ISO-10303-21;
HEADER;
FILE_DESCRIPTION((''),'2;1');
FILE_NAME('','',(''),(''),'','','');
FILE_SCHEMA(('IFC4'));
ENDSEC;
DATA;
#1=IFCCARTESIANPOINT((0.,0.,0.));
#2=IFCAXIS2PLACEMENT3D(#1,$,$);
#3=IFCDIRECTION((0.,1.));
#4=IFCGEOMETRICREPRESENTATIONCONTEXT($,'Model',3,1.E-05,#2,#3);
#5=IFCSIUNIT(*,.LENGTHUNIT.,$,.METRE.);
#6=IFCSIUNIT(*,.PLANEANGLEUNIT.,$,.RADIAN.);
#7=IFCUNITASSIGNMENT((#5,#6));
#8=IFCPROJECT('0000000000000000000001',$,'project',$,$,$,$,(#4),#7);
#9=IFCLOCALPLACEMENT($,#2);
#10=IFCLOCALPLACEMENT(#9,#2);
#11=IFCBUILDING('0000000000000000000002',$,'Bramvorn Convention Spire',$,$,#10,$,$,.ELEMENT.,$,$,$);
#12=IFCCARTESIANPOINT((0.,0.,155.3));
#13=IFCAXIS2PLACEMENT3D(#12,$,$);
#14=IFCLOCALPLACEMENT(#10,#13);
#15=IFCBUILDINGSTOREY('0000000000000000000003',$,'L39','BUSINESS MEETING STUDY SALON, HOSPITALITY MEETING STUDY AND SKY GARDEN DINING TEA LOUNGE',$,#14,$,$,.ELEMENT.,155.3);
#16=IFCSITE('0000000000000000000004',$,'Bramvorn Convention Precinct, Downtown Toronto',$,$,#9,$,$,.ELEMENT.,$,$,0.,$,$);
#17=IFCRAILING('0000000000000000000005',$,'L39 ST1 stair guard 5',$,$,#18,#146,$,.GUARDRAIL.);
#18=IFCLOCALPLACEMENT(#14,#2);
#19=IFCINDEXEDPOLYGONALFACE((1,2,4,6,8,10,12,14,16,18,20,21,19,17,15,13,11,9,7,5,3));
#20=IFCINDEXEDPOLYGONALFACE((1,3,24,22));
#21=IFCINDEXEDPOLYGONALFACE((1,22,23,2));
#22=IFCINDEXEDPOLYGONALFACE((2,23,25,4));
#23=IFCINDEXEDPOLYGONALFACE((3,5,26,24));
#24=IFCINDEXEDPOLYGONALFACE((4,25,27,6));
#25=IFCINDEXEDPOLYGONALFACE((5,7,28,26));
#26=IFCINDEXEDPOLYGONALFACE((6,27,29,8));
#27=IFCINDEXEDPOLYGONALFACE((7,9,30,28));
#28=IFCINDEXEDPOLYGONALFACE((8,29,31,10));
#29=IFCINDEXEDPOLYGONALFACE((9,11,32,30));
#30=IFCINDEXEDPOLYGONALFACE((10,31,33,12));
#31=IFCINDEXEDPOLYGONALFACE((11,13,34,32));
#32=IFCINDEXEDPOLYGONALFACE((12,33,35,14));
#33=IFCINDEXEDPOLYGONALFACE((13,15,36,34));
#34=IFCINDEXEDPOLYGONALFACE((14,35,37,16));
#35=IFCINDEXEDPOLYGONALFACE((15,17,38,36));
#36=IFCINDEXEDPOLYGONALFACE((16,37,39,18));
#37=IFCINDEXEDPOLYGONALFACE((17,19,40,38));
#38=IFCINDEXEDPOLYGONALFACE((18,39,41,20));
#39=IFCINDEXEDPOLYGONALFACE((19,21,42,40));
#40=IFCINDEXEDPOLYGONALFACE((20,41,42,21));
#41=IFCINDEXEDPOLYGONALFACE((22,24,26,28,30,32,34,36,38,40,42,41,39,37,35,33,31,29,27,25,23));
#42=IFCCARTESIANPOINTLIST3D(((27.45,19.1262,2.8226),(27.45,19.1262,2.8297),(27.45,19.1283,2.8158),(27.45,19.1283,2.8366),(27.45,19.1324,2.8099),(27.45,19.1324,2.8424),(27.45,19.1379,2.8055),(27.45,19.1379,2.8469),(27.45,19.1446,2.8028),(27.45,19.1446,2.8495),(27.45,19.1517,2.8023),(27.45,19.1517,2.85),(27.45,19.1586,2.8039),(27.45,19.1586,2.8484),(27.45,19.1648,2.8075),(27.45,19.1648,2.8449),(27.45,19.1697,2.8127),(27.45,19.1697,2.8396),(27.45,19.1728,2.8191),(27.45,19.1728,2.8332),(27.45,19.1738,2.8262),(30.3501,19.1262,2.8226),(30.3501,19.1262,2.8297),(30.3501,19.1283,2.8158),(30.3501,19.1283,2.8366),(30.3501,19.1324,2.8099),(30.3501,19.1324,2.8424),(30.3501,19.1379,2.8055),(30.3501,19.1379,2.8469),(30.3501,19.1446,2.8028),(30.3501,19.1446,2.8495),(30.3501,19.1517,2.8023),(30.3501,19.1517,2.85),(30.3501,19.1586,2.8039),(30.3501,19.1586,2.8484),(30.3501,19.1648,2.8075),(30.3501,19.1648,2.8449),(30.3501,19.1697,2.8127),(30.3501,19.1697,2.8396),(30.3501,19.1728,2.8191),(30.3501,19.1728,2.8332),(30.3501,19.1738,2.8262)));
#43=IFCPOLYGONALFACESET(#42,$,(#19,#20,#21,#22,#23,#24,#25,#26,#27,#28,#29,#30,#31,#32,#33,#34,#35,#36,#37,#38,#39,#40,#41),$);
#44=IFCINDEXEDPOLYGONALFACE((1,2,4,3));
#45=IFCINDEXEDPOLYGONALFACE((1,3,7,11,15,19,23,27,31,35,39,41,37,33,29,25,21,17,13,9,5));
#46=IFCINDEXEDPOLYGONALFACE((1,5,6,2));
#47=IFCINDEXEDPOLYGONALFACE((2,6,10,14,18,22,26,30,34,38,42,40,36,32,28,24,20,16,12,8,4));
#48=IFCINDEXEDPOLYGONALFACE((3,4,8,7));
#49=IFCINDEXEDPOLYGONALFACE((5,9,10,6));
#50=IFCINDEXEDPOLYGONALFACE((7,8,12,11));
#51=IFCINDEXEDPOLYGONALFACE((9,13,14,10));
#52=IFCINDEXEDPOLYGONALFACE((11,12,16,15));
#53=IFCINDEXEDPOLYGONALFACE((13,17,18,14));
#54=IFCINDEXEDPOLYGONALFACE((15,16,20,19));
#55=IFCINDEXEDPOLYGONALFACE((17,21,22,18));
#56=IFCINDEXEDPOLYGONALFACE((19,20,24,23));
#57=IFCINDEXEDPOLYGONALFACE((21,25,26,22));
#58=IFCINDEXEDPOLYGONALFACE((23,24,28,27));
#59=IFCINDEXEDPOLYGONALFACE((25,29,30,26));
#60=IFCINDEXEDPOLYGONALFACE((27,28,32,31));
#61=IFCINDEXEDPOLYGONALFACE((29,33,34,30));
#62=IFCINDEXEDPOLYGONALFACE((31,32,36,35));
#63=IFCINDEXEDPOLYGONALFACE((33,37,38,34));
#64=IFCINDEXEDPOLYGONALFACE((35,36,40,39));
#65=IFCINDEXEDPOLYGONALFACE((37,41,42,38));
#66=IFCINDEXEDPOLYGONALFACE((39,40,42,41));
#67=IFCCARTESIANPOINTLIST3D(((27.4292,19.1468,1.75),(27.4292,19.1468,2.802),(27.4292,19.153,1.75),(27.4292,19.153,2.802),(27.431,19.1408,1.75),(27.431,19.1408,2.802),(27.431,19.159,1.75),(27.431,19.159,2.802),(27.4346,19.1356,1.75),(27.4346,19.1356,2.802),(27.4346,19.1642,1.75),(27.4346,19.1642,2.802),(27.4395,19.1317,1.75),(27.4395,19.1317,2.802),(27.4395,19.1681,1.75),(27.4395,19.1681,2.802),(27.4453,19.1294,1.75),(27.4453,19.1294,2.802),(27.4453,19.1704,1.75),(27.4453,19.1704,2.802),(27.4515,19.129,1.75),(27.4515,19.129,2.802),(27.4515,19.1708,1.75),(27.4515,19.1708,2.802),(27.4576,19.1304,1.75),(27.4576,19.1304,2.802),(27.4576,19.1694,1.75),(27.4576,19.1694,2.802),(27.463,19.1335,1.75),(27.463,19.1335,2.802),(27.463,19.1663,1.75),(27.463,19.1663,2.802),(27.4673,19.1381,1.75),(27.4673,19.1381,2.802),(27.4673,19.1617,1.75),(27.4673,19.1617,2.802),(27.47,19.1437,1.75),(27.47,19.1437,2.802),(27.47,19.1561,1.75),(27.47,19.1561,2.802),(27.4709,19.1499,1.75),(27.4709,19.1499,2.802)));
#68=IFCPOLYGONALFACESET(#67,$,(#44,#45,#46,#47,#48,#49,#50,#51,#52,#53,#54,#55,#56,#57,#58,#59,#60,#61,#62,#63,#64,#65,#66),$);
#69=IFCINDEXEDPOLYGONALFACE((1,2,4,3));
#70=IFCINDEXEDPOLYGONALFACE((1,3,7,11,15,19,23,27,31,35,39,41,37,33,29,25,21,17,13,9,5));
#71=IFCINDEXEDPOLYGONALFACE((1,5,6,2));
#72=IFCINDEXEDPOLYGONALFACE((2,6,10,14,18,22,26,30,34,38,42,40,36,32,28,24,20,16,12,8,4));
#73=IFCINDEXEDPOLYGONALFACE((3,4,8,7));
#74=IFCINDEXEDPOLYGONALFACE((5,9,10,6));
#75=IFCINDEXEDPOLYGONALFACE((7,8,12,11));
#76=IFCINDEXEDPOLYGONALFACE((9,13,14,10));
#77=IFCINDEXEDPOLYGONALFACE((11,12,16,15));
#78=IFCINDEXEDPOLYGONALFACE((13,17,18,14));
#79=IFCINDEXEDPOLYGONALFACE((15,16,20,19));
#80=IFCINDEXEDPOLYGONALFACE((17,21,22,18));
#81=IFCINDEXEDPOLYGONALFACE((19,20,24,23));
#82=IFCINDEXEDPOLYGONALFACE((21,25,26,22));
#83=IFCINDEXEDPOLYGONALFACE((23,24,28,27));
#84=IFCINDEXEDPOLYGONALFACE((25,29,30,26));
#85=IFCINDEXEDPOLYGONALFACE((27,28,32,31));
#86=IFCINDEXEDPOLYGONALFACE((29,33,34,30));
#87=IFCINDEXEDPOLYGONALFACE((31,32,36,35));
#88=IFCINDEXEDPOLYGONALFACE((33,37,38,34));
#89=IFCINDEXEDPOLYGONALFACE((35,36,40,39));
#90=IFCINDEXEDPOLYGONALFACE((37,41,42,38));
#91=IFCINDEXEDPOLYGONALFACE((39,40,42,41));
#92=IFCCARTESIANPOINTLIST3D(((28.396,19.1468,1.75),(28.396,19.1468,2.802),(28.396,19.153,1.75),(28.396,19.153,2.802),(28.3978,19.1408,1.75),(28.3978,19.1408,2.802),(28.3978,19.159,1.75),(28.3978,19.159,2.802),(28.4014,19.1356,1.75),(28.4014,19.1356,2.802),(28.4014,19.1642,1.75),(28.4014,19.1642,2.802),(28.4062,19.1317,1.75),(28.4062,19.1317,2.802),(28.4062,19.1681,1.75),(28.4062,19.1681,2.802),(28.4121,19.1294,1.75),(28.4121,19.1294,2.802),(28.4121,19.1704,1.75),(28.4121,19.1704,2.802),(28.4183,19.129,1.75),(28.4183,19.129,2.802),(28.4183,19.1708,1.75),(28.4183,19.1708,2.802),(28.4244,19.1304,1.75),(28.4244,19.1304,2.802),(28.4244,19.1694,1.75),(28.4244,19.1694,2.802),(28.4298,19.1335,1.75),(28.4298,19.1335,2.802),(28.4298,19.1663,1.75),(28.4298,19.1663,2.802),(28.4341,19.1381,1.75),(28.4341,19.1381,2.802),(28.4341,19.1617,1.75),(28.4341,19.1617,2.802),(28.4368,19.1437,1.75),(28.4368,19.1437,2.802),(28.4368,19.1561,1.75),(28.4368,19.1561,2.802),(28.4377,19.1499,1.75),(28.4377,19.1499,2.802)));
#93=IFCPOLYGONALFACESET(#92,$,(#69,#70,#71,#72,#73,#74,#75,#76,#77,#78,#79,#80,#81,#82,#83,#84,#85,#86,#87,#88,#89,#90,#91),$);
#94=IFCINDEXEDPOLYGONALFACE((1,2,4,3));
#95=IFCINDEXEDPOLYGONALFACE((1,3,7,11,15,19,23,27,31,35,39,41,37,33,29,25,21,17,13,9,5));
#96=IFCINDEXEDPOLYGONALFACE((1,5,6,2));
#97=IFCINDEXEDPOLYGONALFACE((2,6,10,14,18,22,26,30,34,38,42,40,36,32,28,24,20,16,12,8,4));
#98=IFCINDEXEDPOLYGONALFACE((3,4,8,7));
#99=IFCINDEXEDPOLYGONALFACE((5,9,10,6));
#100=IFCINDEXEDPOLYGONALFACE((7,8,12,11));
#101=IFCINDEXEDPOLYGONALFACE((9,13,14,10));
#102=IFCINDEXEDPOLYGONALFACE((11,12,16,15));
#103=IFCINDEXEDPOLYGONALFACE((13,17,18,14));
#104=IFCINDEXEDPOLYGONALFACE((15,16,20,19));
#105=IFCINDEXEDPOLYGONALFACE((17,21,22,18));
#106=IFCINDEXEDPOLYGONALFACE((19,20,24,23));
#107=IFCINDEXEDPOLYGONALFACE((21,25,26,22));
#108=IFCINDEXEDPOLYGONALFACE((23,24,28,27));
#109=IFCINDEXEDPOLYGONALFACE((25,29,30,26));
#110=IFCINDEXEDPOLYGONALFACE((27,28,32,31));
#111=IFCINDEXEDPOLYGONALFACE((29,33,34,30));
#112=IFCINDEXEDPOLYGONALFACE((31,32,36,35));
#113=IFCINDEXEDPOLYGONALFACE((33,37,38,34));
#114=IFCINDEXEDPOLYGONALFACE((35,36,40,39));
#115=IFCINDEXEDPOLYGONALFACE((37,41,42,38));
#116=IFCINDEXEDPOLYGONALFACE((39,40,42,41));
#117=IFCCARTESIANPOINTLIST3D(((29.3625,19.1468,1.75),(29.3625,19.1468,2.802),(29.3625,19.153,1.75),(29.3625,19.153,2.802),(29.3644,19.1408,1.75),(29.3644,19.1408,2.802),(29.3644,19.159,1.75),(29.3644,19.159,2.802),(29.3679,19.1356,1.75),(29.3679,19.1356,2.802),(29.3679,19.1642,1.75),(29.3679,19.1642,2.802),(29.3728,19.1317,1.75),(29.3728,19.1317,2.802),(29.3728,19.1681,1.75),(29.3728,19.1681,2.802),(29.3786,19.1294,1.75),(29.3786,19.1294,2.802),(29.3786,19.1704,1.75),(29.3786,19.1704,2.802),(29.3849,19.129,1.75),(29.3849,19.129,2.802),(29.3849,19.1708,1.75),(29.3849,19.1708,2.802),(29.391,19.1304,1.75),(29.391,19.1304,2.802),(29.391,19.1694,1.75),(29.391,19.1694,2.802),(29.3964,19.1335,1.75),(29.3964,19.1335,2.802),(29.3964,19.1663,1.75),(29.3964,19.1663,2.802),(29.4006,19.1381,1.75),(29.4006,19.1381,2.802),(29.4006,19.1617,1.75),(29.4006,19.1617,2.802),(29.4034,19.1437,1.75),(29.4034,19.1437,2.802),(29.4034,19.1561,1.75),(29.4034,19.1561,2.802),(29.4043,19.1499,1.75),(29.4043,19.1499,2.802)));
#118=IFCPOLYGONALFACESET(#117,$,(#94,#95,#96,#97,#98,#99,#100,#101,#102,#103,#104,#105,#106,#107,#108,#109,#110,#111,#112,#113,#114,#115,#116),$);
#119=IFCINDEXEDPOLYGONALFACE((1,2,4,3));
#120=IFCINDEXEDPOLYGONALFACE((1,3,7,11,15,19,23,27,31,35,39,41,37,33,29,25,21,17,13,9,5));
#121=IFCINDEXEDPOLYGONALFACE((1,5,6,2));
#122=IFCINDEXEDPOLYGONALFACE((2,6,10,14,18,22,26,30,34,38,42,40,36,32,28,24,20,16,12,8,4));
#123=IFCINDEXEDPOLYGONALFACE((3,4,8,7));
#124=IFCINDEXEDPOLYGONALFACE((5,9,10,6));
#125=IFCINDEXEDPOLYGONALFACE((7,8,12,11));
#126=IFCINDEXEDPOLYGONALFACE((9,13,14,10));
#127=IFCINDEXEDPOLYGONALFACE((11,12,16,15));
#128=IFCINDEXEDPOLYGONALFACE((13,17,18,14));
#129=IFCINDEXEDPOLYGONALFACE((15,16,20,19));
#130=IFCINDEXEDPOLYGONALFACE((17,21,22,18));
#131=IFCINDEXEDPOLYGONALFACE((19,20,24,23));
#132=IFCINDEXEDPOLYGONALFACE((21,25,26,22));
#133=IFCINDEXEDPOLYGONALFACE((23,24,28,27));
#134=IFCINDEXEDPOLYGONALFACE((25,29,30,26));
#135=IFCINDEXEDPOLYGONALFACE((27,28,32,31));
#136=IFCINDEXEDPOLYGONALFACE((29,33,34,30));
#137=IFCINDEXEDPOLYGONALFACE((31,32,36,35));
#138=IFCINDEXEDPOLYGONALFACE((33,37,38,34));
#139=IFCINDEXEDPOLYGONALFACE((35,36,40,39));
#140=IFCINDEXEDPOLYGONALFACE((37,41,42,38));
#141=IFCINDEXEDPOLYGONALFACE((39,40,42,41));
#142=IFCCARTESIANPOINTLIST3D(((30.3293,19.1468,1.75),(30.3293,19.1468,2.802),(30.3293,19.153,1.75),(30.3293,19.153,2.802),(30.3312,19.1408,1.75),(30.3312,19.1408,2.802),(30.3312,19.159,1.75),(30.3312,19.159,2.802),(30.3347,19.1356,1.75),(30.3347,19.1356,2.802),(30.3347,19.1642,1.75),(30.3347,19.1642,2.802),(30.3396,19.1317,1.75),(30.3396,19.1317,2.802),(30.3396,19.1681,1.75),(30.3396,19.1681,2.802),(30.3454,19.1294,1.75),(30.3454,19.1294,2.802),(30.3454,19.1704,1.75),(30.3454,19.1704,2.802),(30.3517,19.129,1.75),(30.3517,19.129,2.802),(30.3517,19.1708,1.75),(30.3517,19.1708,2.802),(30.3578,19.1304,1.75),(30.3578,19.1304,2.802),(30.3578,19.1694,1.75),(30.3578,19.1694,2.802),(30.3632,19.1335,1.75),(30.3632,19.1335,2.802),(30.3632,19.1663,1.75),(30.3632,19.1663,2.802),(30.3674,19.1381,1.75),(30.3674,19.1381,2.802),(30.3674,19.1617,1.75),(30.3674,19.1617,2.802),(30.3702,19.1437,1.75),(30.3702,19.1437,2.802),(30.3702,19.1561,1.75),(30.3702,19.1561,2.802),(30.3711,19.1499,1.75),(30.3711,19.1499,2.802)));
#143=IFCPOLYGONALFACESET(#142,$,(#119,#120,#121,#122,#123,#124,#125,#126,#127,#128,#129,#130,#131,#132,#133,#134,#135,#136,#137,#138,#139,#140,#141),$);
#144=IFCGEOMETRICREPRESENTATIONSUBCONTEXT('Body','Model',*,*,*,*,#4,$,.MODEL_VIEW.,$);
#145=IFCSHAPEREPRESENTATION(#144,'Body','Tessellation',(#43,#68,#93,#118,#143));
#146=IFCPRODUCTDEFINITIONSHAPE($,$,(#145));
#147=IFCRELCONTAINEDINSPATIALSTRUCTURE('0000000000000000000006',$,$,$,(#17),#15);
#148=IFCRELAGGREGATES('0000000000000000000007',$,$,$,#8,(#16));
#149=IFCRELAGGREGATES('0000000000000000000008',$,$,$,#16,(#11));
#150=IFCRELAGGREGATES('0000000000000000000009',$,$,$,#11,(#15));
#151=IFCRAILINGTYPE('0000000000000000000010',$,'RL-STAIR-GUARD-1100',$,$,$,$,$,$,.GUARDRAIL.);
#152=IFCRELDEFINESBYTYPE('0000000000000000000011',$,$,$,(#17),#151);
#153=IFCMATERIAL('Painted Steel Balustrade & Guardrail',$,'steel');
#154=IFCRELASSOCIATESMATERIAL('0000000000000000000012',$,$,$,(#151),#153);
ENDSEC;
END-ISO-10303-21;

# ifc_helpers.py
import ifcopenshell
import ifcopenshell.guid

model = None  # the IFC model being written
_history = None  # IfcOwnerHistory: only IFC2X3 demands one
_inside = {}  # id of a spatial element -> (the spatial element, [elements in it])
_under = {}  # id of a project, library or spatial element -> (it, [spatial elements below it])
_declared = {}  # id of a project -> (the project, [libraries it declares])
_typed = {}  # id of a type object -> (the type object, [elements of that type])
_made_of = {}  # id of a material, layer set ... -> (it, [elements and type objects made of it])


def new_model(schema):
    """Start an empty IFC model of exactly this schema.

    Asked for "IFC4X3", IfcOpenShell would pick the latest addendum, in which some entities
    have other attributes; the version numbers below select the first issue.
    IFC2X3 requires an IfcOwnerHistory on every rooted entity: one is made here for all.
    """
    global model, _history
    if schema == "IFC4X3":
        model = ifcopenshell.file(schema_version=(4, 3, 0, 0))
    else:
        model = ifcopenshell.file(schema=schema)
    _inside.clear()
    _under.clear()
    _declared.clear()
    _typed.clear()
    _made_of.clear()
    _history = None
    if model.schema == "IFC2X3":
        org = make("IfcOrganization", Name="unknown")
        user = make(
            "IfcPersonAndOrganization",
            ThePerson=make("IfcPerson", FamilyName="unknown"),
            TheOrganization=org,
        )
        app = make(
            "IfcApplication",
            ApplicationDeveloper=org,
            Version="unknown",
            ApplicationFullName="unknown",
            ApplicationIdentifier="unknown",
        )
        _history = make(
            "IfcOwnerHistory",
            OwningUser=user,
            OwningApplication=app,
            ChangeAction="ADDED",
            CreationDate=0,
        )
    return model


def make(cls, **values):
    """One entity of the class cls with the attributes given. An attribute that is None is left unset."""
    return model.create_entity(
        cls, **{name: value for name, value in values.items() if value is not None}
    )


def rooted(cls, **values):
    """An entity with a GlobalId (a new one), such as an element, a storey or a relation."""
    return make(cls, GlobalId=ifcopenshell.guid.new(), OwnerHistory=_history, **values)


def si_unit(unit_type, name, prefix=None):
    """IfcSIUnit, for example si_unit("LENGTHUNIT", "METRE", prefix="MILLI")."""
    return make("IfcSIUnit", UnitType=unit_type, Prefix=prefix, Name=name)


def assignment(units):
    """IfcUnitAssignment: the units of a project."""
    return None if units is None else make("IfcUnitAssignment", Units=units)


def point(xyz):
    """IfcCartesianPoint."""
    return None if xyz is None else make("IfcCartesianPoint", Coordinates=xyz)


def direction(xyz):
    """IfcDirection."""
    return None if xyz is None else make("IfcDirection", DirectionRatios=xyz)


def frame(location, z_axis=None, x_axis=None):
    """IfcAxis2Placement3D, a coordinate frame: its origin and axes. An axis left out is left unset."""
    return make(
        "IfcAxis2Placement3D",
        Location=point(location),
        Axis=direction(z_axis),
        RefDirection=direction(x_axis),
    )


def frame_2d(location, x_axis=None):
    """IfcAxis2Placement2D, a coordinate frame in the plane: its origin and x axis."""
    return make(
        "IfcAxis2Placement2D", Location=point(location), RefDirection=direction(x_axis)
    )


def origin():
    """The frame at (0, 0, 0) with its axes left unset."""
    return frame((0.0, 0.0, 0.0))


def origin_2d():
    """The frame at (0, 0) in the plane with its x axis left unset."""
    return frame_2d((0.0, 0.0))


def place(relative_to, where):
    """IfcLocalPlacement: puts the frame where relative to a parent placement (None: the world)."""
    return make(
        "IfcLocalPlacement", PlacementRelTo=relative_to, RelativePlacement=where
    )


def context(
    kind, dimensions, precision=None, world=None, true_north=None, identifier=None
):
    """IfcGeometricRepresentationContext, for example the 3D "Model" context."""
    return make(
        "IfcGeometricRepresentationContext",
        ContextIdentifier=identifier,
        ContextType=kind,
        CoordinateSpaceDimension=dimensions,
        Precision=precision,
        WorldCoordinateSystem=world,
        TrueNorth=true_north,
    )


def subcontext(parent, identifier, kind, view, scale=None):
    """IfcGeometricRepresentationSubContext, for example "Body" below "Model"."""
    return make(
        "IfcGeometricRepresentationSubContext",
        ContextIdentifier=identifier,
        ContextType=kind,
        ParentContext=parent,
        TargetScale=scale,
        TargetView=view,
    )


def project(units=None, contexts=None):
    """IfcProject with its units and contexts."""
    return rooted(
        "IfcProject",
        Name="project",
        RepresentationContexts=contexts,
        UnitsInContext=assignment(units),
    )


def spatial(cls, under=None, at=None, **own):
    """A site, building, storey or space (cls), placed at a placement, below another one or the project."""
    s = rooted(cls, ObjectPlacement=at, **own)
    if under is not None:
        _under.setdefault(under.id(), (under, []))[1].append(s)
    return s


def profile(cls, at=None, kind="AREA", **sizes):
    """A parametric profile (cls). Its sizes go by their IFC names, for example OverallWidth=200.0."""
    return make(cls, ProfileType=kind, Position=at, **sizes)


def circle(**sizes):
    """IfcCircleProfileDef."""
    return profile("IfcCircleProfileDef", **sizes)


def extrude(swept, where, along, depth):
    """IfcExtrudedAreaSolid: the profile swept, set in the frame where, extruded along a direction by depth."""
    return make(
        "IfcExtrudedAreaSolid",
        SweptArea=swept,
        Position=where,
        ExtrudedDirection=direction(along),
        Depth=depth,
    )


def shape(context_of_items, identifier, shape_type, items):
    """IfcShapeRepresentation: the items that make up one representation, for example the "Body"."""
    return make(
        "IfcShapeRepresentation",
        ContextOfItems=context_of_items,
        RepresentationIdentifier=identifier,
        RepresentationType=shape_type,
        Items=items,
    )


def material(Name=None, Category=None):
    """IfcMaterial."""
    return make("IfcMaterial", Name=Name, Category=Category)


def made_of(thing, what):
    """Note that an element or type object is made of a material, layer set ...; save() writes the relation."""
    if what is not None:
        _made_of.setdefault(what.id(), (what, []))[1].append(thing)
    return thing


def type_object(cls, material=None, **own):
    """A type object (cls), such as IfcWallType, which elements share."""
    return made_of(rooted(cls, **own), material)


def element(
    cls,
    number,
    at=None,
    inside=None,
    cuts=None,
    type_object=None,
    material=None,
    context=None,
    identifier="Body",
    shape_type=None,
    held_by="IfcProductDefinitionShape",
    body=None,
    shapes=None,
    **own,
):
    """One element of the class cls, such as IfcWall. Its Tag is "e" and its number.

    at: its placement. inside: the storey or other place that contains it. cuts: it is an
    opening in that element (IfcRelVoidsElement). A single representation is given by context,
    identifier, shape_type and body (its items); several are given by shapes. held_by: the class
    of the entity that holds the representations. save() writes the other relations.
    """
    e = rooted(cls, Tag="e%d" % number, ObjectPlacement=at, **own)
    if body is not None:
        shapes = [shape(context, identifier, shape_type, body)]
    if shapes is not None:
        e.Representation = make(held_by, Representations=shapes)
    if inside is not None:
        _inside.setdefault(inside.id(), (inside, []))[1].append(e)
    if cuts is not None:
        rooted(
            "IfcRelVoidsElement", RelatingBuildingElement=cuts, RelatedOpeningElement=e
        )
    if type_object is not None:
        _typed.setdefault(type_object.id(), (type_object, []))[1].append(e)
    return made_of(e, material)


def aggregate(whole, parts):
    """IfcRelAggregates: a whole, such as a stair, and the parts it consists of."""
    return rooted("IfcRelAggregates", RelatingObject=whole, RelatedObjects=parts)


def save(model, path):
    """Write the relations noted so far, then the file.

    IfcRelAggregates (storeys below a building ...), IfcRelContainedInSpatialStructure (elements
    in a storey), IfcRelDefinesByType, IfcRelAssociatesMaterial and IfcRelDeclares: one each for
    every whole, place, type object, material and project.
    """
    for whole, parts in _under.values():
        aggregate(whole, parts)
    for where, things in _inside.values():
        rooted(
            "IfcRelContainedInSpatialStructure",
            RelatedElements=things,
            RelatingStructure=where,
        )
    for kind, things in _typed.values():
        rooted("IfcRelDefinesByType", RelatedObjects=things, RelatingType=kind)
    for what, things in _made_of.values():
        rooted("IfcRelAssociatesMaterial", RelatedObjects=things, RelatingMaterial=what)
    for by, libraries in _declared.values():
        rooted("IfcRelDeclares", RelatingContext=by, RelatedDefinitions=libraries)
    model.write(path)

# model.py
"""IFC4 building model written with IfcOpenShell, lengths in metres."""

from ifc_helpers import new_model, si_unit, direction, frame, origin, origin_2d, place, context, subcontext, project, spatial, circle, extrude, material, type_object, element, save


model = new_model("IFC4")

# Units and contexts
model_context = context("Model", 3, precision=1e-05, world=origin(), true_north=direction((0.0, 1.0)))
body_context = subcontext(model_context, "Body", "Model", "MODEL_VIEW")
ifc_project = project(units=[si_unit("LENGTHUNIT", "METRE"), si_unit("PLANEANGLEUNIT", "RADIAN")], contexts=[model_context])

# Site, building, storey
site_placement = place(None, origin())
site = spatial("IfcSite", under=ifc_project, at=site_placement, Name="Bramvorn Convention Precinct, Downtown Toronto", CompositionType="ELEMENT", RefElevation=0.0)
building_placement = place(site_placement, origin())
building = spatial("IfcBuilding", under=site, at=building_placement, Name="Bramvorn Convention Spire", CompositionType="ELEMENT")
storey_placement = place(building_placement, frame((0.0, 0.0, 155.3)))
storey = spatial("IfcBuildingStorey", under=building, at=storey_placement, Name="L39", Description="BUSINESS MEETING STUDY SALON, HOSPITALITY MEETING STUDY AND SKY GARDEN DINING TEA LOUNGE", CompositionType="ELEMENT", Elevation=155.3)

# Railing
ifc_material_1 = material(Name="Painted Steel Balustrade & Guardrail", Category="steel")
railing_type_1 = type_object("IfcRailingType", Name="RL-STAIR-GUARD-1100", PredefinedType="GUARDRAIL", material=ifc_material_1)
railing_1_placement = place(storey_placement, frame((27.45, 19.1499, 1.75)))
element("IfcRailing", 1, at=railing_1_placement, inside=storey, type_object=railing_type_1, Name="L39 ST1 stair guard 5", PredefinedType="GUARDRAIL", context=body_context, shape_type="SweptSolid", body=[
    extrude(circle(Radius=0.0239, at=origin_2d()), frame((0.0, 0.0, 1.0762), z_axis=(1.0, 0.0, 0.0), x_axis=(0.0, 1.0, 0.0)), (0.0, 0.0, 1.0), 2.9001),
    extrude(circle(Radius=0.021, at=origin_2d()), origin(), (0.0, 0.0, 1.0), 1.052),
    extrude(circle(Radius=0.021, at=origin_2d()), frame((0.9668, 0.0, 0.0)), (0.0, 0.0, 1.0), 1.052),
    extrude(circle(Radius=0.021, at=origin_2d()), frame((1.9333, 0.0, 0.0)), (0.0, 0.0, 1.0), 1.052),
    extrude(circle(Radius=0.021, at=origin_2d()), frame((2.9001, 0.0, 0.0)), (0.0, 0.0, 1.0), 1.052),
])

save(model, "model.ifc")
